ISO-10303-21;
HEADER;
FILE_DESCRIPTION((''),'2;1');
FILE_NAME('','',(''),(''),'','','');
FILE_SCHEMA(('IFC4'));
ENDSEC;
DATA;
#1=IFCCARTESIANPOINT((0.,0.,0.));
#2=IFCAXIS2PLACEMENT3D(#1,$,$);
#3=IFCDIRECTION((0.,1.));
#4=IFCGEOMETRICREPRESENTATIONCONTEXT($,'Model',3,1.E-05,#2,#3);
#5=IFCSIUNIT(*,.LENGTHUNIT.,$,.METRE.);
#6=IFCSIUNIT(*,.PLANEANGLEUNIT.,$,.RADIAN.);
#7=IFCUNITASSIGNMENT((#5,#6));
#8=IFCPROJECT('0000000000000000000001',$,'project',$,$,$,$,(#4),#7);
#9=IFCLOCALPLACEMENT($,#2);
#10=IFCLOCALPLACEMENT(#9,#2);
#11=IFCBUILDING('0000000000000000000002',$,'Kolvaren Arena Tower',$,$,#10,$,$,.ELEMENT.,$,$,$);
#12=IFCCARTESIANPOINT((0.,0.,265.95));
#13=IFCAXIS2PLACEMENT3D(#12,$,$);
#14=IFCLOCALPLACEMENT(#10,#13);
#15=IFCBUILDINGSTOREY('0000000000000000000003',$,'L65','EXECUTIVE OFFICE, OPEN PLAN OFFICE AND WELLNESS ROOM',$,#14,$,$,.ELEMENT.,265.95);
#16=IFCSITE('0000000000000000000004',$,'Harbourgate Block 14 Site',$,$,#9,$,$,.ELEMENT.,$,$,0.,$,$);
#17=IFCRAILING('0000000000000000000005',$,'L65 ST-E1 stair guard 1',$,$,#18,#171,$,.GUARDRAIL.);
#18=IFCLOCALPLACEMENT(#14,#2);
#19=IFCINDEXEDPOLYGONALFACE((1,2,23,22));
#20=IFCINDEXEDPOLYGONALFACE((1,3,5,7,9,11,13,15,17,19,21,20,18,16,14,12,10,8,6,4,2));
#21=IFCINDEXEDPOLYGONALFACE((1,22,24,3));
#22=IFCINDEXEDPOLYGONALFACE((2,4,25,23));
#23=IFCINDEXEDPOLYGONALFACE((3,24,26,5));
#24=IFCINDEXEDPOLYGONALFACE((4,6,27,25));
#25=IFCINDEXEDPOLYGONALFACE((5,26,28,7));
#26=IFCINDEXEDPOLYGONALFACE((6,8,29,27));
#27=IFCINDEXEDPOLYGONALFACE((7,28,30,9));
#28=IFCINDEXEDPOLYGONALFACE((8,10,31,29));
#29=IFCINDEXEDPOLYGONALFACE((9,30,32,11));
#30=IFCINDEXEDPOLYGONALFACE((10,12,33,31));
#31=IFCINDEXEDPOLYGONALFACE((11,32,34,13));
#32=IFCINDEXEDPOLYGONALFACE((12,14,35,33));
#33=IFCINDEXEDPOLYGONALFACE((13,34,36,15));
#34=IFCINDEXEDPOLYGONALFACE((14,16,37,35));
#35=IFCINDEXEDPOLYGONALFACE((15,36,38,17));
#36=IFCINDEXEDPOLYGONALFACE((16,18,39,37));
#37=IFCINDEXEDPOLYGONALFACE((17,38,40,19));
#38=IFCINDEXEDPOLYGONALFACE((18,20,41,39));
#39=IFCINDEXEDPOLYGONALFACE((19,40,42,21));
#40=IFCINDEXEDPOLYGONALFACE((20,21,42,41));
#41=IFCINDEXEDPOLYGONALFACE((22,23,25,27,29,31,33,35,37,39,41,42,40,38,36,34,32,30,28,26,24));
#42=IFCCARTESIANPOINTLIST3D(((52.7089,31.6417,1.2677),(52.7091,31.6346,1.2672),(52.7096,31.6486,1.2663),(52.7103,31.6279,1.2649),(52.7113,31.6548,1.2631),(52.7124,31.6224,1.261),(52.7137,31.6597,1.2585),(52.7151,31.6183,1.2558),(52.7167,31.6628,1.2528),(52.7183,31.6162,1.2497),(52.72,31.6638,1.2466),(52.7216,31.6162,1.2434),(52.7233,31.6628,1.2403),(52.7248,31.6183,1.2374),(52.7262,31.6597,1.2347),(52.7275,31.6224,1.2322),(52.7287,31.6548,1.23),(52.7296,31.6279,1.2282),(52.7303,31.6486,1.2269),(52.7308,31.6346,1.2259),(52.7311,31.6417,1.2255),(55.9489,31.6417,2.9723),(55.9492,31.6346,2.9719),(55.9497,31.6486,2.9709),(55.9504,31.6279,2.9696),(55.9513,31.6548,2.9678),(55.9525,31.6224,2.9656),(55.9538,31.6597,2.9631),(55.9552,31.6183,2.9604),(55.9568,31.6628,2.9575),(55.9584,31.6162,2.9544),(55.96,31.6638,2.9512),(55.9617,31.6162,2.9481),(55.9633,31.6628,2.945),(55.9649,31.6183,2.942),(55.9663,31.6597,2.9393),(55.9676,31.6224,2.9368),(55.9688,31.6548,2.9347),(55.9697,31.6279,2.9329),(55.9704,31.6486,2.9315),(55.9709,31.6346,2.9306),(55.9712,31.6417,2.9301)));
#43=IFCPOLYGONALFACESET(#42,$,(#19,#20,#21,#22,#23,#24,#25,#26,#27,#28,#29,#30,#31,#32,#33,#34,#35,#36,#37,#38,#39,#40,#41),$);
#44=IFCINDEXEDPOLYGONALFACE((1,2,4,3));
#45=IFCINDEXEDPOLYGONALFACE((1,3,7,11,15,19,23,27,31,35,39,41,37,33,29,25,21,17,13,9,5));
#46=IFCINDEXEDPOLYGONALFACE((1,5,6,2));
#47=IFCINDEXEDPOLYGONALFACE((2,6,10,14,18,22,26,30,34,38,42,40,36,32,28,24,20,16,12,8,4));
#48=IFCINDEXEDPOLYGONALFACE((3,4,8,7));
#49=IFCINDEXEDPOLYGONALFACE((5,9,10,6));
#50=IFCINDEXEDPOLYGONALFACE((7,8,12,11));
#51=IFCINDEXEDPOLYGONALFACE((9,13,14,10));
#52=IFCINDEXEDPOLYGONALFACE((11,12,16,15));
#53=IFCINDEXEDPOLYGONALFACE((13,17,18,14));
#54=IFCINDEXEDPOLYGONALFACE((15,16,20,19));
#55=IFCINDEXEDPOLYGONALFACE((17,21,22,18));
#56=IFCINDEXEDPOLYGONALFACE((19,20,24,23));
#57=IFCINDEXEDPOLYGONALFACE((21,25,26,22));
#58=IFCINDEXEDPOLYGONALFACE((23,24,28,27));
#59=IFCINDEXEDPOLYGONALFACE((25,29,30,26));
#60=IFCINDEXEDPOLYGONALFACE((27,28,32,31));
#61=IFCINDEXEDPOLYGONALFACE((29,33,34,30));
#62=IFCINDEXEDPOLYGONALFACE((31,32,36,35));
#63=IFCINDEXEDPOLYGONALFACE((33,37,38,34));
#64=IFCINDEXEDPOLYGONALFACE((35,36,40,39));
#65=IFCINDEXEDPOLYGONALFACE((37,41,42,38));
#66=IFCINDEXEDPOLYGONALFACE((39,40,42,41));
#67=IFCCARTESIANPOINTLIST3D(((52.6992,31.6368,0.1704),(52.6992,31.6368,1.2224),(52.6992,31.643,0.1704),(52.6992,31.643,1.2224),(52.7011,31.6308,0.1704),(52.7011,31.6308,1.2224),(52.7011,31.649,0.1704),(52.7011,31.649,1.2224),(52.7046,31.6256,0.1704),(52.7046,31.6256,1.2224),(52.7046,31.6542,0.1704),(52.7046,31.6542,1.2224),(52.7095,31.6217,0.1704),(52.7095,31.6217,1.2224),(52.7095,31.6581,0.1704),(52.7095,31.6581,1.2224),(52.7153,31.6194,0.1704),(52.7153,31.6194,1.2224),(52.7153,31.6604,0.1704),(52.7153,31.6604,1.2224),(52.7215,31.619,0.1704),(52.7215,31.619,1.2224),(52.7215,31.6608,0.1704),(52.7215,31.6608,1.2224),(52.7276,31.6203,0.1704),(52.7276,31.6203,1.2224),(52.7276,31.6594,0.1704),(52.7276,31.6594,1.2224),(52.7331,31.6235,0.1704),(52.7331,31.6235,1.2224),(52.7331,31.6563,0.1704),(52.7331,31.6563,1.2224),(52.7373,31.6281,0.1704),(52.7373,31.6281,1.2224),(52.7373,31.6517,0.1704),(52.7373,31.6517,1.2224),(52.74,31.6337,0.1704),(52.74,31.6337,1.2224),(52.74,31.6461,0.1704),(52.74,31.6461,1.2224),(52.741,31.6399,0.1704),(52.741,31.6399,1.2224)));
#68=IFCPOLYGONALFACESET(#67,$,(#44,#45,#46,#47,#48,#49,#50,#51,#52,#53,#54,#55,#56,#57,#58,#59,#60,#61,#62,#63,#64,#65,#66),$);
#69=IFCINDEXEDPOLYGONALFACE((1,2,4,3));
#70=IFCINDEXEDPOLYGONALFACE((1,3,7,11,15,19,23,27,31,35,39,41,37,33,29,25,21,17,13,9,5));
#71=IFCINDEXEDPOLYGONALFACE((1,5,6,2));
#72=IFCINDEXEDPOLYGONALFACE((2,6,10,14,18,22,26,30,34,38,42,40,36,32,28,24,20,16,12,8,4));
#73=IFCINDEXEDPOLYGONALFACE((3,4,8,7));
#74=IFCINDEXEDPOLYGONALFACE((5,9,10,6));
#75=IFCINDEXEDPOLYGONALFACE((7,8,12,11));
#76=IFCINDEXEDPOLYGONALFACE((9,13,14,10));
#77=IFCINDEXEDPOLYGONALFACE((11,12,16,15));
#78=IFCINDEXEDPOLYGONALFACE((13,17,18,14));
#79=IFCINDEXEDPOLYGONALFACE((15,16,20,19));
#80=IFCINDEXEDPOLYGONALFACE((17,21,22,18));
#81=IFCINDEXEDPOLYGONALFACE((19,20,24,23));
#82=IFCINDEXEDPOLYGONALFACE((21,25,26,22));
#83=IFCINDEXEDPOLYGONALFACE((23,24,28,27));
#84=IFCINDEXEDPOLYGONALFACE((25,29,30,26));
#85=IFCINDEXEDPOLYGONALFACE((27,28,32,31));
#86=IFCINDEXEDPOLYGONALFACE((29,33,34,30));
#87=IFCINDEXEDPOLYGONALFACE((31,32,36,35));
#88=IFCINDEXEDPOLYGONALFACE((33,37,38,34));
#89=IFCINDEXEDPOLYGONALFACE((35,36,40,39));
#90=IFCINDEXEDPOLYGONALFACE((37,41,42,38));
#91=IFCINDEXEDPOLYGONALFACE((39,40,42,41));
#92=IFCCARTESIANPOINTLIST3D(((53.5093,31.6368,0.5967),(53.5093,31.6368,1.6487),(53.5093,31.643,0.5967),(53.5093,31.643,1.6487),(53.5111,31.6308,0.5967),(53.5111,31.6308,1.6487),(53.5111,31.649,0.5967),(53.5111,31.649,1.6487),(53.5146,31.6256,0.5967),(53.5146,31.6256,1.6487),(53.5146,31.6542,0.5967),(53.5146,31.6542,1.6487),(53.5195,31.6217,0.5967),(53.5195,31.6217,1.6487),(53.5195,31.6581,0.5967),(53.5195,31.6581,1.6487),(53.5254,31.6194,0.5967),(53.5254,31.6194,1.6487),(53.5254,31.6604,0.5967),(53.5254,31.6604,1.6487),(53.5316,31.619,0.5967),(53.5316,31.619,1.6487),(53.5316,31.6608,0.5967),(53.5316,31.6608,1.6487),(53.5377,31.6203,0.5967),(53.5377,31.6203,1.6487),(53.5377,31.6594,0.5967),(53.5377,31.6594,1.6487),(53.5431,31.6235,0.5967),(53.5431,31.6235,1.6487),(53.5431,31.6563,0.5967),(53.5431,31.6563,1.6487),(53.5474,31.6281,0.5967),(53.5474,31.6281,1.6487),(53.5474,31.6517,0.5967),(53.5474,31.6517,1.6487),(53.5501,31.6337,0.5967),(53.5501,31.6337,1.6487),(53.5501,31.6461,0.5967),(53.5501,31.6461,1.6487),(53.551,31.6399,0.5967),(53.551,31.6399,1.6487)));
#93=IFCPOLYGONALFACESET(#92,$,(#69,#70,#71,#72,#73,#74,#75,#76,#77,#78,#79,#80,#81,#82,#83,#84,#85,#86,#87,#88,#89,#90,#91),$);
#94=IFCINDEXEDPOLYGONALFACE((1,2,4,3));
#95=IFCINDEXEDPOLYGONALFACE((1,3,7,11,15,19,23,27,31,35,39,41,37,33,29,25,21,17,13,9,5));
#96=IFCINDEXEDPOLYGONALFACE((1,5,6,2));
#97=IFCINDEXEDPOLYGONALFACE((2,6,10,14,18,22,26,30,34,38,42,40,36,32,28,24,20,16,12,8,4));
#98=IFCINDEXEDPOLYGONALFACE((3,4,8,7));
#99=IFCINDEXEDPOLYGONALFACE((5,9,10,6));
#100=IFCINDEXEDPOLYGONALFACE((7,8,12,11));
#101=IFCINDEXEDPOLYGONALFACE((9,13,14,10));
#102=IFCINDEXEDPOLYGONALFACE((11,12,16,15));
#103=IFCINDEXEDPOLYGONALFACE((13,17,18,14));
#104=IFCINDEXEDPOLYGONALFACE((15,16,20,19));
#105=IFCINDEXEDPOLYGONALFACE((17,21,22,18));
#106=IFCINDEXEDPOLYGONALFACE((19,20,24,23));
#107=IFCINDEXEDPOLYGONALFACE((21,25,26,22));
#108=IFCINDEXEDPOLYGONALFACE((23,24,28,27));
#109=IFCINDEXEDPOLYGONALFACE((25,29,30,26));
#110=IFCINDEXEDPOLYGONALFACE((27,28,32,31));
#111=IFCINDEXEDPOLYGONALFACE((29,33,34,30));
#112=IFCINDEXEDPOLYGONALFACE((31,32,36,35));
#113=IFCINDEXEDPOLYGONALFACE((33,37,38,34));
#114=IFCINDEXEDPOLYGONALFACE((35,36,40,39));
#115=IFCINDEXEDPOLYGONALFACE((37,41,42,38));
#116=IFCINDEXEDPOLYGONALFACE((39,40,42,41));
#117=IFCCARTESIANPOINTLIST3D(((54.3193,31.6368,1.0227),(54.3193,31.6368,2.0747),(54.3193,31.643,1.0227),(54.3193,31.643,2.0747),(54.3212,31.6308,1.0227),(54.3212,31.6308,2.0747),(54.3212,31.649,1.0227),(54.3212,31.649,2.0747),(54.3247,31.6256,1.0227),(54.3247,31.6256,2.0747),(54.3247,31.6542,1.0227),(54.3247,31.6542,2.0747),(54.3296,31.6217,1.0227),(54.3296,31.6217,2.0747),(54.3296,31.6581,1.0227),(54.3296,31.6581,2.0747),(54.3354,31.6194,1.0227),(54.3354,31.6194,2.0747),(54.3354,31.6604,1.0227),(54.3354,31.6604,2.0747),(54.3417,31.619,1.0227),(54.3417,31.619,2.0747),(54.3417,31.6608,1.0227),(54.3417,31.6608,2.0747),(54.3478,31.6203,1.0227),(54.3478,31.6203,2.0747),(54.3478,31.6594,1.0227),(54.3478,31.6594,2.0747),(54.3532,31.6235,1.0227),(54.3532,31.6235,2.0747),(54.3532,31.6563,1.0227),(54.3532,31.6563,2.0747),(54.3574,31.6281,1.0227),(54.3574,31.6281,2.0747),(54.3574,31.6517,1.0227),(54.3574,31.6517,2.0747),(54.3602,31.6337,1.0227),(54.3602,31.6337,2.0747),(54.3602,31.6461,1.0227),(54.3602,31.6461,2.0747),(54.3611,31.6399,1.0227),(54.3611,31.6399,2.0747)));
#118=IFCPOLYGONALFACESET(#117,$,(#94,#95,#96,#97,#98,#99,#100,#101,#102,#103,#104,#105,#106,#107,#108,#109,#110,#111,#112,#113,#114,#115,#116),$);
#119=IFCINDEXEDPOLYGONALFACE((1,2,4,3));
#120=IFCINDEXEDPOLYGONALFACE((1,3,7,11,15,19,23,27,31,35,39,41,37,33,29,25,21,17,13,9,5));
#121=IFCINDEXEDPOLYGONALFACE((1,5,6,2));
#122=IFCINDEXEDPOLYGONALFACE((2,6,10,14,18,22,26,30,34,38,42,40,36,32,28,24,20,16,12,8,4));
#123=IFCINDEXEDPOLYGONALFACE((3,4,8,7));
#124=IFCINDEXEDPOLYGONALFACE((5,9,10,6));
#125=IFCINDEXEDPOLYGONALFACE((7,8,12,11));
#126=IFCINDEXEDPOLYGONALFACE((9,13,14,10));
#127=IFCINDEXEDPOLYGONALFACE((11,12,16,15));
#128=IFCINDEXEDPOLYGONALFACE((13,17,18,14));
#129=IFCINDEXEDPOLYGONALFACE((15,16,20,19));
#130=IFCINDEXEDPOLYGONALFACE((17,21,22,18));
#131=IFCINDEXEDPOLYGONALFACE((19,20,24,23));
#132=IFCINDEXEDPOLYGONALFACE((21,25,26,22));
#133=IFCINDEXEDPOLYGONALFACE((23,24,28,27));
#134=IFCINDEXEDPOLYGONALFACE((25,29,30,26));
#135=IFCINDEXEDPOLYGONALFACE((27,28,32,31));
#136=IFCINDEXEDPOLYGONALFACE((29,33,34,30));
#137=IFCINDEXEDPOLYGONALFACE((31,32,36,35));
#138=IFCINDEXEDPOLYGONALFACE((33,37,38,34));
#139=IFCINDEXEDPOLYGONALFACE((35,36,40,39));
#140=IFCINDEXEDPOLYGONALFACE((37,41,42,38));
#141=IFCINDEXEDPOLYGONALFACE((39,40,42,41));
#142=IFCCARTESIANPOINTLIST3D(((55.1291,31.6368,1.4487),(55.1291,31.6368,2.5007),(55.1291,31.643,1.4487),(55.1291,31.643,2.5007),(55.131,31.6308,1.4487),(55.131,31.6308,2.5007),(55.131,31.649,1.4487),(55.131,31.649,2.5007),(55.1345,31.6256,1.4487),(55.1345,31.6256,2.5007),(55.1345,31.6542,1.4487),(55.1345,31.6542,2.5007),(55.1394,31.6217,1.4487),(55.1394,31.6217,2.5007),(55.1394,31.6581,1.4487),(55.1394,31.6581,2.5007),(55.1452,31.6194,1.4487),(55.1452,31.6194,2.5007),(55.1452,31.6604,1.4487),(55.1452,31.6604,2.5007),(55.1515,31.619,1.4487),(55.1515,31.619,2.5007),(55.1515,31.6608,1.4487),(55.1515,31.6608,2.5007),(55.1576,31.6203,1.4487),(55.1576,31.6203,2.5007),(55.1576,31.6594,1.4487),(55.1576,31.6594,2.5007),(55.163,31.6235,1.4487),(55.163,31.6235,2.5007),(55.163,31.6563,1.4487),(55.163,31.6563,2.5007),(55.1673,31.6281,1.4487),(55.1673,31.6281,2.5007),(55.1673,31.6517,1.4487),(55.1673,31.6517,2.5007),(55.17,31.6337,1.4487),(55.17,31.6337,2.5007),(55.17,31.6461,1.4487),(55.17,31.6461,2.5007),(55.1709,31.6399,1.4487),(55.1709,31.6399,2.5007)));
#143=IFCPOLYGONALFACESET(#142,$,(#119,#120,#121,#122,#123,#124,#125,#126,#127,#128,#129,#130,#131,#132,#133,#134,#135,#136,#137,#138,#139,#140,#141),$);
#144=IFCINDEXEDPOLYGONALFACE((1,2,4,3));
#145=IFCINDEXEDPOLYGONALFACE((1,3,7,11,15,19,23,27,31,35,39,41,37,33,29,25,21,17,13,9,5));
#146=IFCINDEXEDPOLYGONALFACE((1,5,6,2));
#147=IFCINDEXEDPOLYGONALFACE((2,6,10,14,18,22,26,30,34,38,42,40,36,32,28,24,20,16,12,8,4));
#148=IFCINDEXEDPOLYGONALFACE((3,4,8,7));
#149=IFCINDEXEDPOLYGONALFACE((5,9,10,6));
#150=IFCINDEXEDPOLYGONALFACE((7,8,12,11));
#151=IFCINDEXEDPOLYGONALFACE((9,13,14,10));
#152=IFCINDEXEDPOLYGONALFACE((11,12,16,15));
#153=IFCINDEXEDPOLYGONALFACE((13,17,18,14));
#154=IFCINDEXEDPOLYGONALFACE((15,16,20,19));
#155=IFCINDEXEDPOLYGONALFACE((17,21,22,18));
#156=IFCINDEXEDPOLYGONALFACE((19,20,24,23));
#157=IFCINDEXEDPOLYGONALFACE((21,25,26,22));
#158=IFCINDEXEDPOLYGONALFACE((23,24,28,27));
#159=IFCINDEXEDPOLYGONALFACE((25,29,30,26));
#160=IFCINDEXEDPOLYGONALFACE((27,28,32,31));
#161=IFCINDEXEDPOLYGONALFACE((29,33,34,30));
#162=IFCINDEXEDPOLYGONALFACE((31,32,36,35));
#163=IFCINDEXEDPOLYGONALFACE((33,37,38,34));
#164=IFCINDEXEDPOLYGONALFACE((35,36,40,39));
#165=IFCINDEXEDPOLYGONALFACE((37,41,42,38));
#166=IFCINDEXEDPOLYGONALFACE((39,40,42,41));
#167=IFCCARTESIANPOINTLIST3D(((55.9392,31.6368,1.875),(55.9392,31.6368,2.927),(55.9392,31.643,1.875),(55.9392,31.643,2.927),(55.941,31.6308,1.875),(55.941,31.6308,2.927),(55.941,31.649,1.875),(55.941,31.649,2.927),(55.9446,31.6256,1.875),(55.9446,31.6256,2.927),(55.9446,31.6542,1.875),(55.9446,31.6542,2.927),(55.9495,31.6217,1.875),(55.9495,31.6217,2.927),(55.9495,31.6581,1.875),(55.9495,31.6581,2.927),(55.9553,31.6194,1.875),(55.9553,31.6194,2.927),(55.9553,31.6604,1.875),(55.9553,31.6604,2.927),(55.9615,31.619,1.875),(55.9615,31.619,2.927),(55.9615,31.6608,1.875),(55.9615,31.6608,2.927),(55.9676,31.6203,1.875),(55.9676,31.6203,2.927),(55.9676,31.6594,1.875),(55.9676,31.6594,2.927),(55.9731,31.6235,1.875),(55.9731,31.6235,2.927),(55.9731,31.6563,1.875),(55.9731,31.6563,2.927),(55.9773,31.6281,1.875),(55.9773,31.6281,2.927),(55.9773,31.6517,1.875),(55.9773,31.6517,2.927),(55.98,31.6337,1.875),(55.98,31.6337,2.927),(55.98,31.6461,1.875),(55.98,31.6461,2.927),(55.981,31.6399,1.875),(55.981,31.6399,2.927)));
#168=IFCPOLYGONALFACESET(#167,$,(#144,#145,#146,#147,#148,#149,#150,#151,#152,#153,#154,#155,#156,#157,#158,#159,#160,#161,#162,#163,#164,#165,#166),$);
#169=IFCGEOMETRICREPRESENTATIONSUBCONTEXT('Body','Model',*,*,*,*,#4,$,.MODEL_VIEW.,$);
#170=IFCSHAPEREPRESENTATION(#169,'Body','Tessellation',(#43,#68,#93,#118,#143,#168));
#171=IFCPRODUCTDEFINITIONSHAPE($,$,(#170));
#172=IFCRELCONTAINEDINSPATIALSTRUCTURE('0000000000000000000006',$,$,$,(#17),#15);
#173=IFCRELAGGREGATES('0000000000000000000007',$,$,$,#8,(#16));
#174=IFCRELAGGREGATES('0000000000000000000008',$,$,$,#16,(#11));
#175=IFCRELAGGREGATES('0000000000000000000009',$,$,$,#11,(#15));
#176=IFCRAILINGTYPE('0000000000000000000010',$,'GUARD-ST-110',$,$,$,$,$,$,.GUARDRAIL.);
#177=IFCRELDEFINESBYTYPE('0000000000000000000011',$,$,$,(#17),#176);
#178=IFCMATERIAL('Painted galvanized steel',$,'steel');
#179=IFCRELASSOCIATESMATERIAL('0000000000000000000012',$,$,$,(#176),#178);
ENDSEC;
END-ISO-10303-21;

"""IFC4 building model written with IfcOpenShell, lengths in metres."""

from ifc_helpers import new_model, si_unit, direction, frame, origin, origin_2d, place, context, subcontext, project, spatial, circle, extrude, material, type_object, element, save


model = new_model("IFC4")

# Units and contexts
model_context = context("Model", 3, precision=1e-05, world=origin(), true_north=direction((0.0, 1.0)))
body_context = subcontext(model_context, "Body", "Model", "MODEL_VIEW")
ifc_project = project(units=[si_unit("LENGTHUNIT", "METRE"), si_unit("PLANEANGLEUNIT", "RADIAN")], contexts=[model_context])

# Site, building, storey
site_placement = place(None, origin())
site = spatial("IfcSite", under=ifc_project, at=site_placement, Name="Harbourgate Block 14 Site", CompositionType="ELEMENT", RefElevation=0.0)
building_placement = place(site_placement, origin())
building = spatial("IfcBuilding", under=site, at=building_placement, Name="Kolvaren Arena Tower", CompositionType="ELEMENT")
storey_placement = place(building_placement, frame((0.0, 0.0, 265.95)))
storey = spatial("IfcBuildingStorey", under=building, at=storey_placement, Name="L65", Description="EXECUTIVE OFFICE, OPEN PLAN OFFICE AND WELLNESS ROOM", CompositionType="ELEMENT", Elevation=265.95)

# Railing
ifc_material_1 = material(Name="Painted galvanized steel", Category="steel")
railing_type_1 = type_object("IfcRailingType", Name="GUARD-ST-110", PredefinedType="GUARDRAIL", material=ifc_material_1)
railing_1_placement = place(storey_placement, frame((52.72, 31.6399, 0.1704)))
element("IfcRailing", 1, at=railing_1_placement, inside=storey, type_object=railing_type_1, Name="L65 ST-E1 stair guard 1", PredefinedType="GUARDRAIL", context=body_context, shape_type="SweptSolid", body=[
    extrude(circle(Radius=0.0239, at=origin_2d()), frame((0.0, 0.0, 1.0762), z_axis=(0.884993, 0.0, 0.465604), x_axis=(0.0, 1.0, 0.0)), (0.0, 0.0, 1.0), 3.6611),
    extrude(circle(Radius=0.021, at=origin_2d()), origin(), (0.0, 0.0, 1.0), 1.052),
    extrude(circle(Radius=0.021, at=origin_2d()), frame((0.8101, 0.0, 0.4263)), (0.0, 0.0, 1.0), 1.052),
    extrude(circle(Radius=0.021, at=origin_2d()), frame((1.6201, 0.0, 0.8523)), (0.0, 0.0, 1.0), 1.052),
    extrude(circle(Radius=0.021, at=origin_2d()), frame((2.4299, 0.0, 1.2783)), (0.0, 0.0, 1.0), 1.052),
    extrude(circle(Radius=0.021, at=origin_2d()), frame((3.24, 0.0, 1.7046)), (0.0, 0.0, 1.0), 1.052),
])

save(model, "model.ifc")
